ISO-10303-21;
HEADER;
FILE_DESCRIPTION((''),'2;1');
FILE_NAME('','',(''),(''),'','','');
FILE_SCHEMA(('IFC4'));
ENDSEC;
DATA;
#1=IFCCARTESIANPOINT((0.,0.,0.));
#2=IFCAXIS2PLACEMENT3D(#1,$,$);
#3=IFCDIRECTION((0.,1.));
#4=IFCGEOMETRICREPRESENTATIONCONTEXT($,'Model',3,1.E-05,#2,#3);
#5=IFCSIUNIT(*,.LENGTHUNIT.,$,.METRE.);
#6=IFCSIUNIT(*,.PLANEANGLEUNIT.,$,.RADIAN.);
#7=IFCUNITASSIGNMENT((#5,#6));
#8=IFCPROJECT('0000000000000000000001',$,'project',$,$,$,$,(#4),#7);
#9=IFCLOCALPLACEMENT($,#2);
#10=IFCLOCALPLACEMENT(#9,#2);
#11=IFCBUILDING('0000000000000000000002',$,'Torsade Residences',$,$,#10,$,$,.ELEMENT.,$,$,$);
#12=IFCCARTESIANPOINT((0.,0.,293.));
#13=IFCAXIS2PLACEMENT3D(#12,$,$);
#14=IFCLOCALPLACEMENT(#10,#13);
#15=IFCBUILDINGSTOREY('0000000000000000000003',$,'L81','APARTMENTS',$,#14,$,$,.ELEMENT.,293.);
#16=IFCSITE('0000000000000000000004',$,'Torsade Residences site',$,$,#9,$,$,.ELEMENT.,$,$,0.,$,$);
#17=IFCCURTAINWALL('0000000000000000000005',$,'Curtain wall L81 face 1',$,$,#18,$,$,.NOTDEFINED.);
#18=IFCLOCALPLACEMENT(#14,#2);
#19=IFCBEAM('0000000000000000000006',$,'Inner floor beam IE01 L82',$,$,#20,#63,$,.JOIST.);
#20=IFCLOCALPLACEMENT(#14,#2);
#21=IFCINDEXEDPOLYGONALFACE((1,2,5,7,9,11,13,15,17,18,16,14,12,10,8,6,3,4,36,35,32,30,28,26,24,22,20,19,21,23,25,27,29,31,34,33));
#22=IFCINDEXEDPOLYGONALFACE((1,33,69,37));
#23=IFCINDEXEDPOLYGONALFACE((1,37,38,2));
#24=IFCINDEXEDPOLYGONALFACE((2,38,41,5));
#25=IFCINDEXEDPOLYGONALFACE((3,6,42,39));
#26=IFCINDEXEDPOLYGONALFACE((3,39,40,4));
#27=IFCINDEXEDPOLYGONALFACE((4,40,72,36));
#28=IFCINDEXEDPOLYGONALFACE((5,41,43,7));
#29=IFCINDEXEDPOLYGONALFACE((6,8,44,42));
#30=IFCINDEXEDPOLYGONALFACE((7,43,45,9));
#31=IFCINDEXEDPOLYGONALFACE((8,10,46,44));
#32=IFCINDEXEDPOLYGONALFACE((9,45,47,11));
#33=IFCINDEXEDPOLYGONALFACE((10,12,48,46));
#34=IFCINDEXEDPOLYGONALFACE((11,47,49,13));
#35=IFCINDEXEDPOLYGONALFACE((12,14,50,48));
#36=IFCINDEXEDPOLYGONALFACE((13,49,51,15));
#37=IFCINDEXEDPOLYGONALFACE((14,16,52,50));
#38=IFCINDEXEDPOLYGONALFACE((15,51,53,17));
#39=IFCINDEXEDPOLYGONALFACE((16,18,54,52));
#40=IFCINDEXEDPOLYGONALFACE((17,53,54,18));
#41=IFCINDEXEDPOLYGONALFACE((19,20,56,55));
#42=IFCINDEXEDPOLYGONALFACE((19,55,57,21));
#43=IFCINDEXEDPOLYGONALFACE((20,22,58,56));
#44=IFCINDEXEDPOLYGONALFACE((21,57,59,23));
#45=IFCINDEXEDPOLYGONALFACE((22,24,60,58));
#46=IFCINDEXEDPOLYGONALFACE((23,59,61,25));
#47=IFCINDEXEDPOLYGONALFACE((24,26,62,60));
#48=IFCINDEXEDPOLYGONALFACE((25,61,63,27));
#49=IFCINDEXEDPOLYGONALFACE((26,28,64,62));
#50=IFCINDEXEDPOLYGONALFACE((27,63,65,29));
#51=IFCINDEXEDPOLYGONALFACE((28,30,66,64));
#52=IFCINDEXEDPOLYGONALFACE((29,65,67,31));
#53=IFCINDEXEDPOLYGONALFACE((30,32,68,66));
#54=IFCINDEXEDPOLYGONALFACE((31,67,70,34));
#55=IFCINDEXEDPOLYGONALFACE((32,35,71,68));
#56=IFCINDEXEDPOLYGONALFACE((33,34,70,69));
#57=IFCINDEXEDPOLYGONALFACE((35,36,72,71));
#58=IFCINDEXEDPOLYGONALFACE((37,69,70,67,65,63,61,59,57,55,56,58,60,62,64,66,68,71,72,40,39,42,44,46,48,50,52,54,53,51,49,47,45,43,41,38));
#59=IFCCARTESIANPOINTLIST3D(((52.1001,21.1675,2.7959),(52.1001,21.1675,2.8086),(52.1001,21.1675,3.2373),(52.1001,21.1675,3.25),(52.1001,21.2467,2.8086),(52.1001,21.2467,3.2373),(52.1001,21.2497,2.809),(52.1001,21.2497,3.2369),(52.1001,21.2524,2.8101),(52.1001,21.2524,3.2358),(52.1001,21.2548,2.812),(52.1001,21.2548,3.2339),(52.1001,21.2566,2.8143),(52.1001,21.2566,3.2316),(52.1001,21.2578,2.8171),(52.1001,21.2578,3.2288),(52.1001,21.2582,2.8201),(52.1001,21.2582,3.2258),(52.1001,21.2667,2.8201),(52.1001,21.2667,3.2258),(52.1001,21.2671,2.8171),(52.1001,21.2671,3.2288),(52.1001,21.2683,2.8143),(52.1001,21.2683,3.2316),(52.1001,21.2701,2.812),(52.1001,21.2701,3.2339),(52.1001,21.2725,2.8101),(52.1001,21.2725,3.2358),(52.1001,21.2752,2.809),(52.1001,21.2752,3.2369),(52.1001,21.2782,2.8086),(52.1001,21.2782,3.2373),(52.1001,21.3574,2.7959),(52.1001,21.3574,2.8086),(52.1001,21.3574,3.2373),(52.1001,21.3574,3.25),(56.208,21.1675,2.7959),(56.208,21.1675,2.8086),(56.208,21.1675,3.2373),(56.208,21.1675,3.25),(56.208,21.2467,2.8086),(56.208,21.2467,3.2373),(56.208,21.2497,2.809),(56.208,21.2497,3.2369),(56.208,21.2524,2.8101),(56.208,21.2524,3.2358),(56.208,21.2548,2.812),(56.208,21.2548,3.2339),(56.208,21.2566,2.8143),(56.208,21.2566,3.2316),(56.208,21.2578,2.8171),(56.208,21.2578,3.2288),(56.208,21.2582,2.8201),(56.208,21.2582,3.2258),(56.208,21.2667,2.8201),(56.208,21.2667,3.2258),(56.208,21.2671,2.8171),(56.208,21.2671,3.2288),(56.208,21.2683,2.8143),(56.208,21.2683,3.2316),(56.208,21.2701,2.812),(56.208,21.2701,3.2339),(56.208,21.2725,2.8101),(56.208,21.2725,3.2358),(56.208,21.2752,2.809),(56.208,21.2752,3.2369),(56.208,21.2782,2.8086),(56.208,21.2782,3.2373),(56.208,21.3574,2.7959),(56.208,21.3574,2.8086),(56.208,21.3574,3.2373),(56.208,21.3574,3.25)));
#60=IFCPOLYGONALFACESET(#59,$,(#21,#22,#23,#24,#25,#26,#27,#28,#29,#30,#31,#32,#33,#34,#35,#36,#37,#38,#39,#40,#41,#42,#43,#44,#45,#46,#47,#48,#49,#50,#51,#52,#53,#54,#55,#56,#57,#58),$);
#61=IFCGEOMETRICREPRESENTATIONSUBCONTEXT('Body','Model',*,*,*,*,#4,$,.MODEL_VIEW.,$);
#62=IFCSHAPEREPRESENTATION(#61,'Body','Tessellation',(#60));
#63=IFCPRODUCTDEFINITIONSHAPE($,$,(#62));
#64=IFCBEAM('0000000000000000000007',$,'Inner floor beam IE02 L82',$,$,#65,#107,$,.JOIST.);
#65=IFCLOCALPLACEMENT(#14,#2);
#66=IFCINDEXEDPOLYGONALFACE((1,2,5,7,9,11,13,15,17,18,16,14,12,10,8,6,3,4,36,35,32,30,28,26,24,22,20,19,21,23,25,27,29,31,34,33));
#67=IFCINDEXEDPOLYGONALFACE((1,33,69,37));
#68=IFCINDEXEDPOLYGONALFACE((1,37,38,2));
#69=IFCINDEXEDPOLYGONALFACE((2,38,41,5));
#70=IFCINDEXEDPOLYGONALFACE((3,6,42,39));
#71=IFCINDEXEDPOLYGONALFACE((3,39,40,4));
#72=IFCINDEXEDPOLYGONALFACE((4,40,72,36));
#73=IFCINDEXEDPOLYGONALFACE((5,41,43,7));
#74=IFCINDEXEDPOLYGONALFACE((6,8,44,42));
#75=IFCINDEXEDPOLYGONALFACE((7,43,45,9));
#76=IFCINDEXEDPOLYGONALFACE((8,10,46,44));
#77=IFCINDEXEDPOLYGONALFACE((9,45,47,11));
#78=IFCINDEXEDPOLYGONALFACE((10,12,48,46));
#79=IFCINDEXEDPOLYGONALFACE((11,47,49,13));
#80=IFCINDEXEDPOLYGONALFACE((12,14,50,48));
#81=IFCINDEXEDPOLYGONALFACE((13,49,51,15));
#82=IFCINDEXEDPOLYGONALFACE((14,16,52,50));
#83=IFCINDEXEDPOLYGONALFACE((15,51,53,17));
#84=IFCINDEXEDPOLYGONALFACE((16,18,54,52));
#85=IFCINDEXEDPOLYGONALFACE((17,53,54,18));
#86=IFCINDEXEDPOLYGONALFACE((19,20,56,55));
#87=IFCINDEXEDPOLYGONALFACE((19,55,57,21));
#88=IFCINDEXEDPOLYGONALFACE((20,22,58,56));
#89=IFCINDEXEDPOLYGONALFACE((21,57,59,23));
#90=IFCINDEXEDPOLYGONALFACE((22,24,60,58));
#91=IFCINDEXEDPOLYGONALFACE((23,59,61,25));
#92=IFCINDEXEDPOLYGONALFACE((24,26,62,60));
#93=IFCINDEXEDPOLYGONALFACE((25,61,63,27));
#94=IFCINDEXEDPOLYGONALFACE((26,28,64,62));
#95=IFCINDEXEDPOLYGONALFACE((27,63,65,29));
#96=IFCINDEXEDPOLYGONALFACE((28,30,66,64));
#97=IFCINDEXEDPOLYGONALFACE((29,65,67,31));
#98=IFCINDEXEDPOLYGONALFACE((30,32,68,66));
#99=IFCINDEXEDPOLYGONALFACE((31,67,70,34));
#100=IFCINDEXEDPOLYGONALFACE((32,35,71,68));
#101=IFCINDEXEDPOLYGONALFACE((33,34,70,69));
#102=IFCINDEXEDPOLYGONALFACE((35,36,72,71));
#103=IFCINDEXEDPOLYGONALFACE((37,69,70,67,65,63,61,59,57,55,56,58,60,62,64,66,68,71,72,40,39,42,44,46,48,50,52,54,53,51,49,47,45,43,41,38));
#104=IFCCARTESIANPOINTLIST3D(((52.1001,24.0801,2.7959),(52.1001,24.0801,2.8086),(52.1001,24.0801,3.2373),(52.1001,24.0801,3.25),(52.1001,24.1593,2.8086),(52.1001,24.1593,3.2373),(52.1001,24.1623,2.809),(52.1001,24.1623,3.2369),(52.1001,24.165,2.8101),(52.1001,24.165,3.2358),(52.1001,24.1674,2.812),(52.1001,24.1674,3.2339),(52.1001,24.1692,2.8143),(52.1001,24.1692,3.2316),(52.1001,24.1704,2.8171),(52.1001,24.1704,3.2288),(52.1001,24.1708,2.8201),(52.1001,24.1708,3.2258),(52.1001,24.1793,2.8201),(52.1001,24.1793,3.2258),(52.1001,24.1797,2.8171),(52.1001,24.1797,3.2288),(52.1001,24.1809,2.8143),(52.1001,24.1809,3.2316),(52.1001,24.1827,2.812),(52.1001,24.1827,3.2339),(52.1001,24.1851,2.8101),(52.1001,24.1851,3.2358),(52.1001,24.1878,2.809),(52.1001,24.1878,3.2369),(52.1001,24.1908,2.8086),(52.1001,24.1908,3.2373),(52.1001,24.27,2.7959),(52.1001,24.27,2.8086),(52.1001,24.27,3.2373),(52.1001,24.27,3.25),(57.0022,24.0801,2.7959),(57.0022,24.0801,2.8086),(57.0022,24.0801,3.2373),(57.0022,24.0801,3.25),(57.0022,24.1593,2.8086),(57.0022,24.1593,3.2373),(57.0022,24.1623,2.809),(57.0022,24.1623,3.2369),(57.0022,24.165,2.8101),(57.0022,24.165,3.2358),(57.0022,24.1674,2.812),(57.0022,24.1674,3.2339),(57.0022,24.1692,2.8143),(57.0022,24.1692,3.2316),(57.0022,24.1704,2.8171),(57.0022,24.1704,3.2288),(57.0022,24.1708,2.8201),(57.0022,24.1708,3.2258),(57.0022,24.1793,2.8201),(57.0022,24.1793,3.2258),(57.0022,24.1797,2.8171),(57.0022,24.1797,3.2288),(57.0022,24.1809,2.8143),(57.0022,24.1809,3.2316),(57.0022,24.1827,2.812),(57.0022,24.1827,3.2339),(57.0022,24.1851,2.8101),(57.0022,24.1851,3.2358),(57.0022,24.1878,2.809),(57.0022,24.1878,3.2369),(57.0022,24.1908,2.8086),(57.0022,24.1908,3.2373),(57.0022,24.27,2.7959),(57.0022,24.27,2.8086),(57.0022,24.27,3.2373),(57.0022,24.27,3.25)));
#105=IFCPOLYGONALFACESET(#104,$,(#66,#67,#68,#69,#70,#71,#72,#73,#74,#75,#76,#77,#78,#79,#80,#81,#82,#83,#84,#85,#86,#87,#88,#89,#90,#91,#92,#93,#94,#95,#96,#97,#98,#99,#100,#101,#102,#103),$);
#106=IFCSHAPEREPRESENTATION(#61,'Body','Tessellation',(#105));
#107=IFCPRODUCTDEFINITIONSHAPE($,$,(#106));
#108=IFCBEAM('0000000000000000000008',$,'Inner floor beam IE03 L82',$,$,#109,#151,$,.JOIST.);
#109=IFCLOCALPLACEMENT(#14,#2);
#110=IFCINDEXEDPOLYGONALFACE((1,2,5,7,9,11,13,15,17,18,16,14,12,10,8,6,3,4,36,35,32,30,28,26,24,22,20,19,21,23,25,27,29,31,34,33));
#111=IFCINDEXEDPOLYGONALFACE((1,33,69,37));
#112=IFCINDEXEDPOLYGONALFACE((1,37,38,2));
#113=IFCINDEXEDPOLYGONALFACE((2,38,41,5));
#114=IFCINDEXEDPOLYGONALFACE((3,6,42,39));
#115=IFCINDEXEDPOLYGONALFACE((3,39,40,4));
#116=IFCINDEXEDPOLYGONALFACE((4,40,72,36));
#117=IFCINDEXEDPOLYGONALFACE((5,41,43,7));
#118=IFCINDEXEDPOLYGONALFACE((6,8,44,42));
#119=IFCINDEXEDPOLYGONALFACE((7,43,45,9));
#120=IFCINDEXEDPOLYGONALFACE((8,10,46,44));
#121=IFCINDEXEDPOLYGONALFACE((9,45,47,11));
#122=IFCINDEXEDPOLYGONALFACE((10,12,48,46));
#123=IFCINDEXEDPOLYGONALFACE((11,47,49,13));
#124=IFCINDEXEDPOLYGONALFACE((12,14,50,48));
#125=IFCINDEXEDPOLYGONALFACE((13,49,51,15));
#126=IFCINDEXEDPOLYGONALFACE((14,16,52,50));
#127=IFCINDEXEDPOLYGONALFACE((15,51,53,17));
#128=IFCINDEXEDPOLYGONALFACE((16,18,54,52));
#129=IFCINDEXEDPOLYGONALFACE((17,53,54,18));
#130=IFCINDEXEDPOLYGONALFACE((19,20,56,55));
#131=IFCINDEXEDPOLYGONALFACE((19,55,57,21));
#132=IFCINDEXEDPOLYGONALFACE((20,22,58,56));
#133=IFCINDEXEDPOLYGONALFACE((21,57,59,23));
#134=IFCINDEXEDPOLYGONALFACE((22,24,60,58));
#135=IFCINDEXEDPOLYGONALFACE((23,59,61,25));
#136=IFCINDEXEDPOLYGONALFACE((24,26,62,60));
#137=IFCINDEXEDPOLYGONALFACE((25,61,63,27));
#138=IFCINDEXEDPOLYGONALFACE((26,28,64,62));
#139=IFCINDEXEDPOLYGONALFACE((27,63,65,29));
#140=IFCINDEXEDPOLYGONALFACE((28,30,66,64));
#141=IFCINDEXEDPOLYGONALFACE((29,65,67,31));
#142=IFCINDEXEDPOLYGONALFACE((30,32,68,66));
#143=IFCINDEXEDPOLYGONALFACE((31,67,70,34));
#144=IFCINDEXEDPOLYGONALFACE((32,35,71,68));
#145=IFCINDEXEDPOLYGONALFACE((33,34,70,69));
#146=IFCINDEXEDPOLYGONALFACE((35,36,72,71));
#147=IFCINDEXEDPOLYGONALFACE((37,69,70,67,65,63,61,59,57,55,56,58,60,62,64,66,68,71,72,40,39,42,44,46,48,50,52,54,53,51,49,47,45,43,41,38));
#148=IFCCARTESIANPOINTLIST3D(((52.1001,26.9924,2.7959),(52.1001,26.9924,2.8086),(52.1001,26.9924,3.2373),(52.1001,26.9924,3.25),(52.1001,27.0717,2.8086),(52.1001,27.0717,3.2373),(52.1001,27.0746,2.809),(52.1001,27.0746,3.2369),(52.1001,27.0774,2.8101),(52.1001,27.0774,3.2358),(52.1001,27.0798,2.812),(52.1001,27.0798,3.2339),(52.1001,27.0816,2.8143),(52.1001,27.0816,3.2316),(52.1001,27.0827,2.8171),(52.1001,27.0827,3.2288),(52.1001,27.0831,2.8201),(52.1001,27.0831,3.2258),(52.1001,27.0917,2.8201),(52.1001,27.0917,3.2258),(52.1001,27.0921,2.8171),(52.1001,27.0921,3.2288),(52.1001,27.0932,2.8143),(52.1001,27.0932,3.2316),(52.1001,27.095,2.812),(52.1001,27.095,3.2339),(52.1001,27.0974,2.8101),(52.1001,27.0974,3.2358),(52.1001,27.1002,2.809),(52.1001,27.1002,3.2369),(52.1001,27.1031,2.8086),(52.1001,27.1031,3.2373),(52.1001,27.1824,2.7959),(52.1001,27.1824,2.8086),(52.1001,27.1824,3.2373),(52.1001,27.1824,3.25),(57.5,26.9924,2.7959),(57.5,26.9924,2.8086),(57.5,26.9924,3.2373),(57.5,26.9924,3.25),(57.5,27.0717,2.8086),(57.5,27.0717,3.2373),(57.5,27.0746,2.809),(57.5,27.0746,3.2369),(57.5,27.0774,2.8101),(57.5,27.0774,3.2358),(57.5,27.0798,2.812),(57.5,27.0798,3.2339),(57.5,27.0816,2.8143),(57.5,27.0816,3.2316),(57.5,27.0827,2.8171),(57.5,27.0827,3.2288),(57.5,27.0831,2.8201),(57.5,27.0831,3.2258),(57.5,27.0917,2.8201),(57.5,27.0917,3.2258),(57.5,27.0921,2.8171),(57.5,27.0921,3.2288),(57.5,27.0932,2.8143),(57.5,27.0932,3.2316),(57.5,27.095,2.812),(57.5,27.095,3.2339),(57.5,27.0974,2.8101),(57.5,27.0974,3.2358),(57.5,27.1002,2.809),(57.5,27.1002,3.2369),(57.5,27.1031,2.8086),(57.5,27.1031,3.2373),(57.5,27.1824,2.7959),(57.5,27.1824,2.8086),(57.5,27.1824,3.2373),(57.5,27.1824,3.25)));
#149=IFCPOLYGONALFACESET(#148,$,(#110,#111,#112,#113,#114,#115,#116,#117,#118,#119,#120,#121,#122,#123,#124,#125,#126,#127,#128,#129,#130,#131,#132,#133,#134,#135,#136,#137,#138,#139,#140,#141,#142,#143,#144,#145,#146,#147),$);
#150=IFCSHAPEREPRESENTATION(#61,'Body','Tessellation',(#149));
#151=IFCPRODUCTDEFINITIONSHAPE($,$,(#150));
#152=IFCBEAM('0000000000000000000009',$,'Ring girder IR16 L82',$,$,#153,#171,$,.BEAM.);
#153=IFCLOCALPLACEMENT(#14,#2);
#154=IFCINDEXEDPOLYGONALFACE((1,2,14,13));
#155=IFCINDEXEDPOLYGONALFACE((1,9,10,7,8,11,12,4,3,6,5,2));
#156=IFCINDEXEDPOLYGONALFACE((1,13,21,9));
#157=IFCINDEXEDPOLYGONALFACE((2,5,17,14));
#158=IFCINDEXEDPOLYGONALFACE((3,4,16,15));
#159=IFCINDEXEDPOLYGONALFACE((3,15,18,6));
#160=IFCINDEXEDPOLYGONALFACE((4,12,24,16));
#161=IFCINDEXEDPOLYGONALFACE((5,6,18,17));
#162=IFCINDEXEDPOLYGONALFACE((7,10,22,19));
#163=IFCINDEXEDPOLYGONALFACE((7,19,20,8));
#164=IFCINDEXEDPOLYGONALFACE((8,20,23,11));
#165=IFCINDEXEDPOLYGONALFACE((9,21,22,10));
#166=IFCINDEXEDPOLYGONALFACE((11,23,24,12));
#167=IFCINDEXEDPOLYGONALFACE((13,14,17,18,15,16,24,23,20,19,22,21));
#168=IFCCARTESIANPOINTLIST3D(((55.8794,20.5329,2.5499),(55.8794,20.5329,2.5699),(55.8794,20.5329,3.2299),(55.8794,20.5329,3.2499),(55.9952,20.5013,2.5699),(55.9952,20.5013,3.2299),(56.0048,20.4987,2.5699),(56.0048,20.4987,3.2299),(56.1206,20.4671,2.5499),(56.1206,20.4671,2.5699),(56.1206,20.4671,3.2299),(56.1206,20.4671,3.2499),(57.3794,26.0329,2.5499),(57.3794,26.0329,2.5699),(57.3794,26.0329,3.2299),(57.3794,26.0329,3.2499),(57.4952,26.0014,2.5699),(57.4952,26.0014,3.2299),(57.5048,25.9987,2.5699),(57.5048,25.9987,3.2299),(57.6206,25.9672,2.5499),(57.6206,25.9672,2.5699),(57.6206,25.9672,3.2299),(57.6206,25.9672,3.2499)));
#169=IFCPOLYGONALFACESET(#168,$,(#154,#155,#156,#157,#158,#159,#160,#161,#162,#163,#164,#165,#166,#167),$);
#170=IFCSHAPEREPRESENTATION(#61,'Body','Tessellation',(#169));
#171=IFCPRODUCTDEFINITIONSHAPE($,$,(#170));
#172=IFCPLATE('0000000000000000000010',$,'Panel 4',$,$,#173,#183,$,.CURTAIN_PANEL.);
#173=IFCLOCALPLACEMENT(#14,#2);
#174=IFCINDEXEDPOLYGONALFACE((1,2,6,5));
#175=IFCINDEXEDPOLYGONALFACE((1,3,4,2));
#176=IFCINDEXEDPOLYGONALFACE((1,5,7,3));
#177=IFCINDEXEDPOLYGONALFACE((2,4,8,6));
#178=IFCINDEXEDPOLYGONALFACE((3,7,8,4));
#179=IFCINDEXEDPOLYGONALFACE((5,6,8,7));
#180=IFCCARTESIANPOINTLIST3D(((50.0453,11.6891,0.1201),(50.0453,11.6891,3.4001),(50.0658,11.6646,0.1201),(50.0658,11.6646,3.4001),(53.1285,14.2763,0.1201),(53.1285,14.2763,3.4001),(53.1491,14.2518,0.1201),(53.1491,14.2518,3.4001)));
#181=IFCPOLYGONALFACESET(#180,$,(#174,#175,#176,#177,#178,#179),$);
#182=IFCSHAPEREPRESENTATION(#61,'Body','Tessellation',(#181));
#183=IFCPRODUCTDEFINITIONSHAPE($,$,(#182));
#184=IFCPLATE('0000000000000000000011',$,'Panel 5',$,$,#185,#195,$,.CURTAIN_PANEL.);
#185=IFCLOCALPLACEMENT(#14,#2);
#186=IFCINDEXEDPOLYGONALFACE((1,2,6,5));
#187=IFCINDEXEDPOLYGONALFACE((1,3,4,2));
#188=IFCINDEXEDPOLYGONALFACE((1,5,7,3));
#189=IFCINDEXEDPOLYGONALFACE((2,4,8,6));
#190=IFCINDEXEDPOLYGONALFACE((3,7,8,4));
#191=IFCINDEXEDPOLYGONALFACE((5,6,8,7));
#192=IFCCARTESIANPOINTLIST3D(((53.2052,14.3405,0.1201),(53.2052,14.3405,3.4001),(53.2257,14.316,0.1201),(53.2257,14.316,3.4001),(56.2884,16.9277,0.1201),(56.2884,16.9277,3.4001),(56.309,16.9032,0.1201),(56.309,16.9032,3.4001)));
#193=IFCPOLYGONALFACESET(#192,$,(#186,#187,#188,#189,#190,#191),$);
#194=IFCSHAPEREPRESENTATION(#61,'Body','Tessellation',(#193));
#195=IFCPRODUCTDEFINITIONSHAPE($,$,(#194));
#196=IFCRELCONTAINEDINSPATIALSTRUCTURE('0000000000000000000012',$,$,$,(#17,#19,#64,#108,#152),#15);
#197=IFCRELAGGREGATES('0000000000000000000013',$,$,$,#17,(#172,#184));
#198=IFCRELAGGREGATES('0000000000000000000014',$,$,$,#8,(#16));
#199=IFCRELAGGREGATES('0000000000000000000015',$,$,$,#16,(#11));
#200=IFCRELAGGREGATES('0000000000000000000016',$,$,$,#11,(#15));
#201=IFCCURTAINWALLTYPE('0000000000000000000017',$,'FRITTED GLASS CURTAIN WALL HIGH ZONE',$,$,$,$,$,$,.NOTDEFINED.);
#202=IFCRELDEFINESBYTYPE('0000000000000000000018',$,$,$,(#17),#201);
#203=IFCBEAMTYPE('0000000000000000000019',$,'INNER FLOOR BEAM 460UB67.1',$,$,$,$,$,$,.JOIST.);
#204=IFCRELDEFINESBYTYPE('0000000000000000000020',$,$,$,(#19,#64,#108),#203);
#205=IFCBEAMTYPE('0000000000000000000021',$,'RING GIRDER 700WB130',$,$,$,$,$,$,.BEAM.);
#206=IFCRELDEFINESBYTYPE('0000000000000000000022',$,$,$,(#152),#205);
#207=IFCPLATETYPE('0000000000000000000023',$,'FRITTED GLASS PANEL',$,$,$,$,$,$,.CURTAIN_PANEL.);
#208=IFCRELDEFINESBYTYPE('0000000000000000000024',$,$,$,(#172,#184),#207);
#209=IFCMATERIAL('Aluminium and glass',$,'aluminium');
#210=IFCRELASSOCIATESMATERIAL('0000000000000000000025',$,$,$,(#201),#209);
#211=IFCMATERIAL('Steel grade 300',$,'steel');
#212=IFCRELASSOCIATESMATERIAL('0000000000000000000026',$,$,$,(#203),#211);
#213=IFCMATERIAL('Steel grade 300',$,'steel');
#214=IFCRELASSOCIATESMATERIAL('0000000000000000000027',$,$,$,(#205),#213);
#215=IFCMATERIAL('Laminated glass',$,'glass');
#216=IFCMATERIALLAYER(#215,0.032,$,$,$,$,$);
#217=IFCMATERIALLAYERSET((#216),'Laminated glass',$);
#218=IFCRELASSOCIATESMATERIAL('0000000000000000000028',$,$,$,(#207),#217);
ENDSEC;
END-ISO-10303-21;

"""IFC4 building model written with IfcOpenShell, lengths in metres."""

from ifc_helpers import new_model, si_unit, direction, frame, origin, origin_2d, place, context, subcontext, project, spatial, rectangle, i_section, extrude, material, layer, layer_set, material_profile, profile_set, type_object, element, aggregate, save


model = new_model("IFC4")

# Units and contexts
model_context = context("Model", 3, precision=1e-05, world=origin(), true_north=direction((0.0, 1.0)))
body_context = subcontext(model_context, "Body", "Model", "MODEL_VIEW")
ifc_project = project(units=[si_unit("LENGTHUNIT", "METRE"), si_unit("PLANEANGLEUNIT", "RADIAN")], contexts=[model_context])

# Site, building, storey
site_placement = place(None, origin())
site = spatial("IfcSite", under=ifc_project, at=site_placement, Name="Torsade Residences site", CompositionType="ELEMENT", RefElevation=0.0)
building_placement = place(site_placement, origin())
building = spatial("IfcBuilding", under=site, at=building_placement, Name="Torsade Residences", CompositionType="ELEMENT")
storey_placement = place(building_placement, frame((0.0, 0.0, 293.0)))
storey = spatial("IfcBuildingStorey", under=building, at=storey_placement, Name="L81", Description="APARTMENTS", CompositionType="ELEMENT", Elevation=293.0)

# Curtain wall
ifc_material_1 = material(Name="Aluminium and glass", Category="aluminium")
curtain_wall_type = type_object("IfcCurtainWallType", Name="FRITTED GLASS CURTAIN WALL HIGH ZONE", PredefinedType="NOTDEFINED", material=ifc_material_1)
curtain_wall_placement = place(storey_placement, origin())
curtain_wall = element("IfcCurtainWall", 1, at=curtain_wall_placement, inside=storey, type_object=curtain_wall_type, Name="Curtain wall L81 face 1", PredefinedType="NOTDEFINED")

# Beams
ifc_material_2 = material(Name="Steel grade 300", Category="steel")
ifc_material_profile_1 = material_profile(ifc_material_2, i_section(OverallWidth=0.1899, OverallDepth=0.4541, WebThickness=0.0085, FlangeThickness=0.0127, FilletRadius=0.0115, at=origin_2d()), Name="460UB67.1")
ifc_profile_set_1 = profile_set([ifc_material_profile_1], Name="Steel grade 300")
beam_type_1 = type_object("IfcBeamType", Name="INNER FLOOR BEAM 460UB67.1", PredefinedType="JOIST", material=ifc_profile_set_1)
beam_1_placement = place(storey_placement, frame((52.1001, 21.2625, 3.0229), z_axis=(1.0, 0.0, 0.0), x_axis=(0.0, 1.0, 0.0)))
element("IfcBeam", 2, at=beam_1_placement, inside=storey, type_object=beam_type_1, Name="Inner floor beam IE01 L82", PredefinedType="JOIST", context=body_context, shape_type="SweptSolid", body=[
    extrude(i_section(OverallWidth=0.1899, OverallDepth=0.4541, WebThickness=0.0085, FlangeThickness=0.0127, FilletRadius=0.0115, at=origin_2d()), origin(), (0.0, 0.0, 1.0), 4.1079),
])
beam_2_placement = place(storey_placement, frame((52.1001, 24.175, 3.0229), z_axis=(1.0, 0.0, 0.0), x_axis=(0.0, 1.0, 0.0)))
element("IfcBeam", 3, at=beam_2_placement, inside=storey, type_object=beam_type_1, Name="Inner floor beam IE02 L82", PredefinedType="JOIST", context=body_context, shape_type="SweptSolid", body=[
    extrude(i_section(OverallWidth=0.1899, OverallDepth=0.4541, WebThickness=0.0085, FlangeThickness=0.0127, FilletRadius=0.0115, at=origin_2d()), origin(), (0.0, 0.0, 1.0), 4.9021),
])
beam_3_placement = place(storey_placement, frame((52.1001, 27.0874, 3.0229), z_axis=(1.0, 0.0, 0.0), x_axis=(0.0, 1.0, 0.0)))
element("IfcBeam", 4, at=beam_3_placement, inside=storey, type_object=beam_type_1, Name="Inner floor beam IE03 L82", PredefinedType="JOIST", context=body_context, shape_type="SweptSolid", body=[
    extrude(i_section(OverallWidth=0.1899, OverallDepth=0.4541, WebThickness=0.0085, FlangeThickness=0.0127, FilletRadius=0.0115, at=origin_2d()), origin(), (0.0, 0.0, 1.0), 5.3999),
])
ifc_material_3 = material(Name="Steel grade 300", Category="steel")
ifc_material_profile_2 = material_profile(ifc_material_3, i_section(OverallWidth=0.25, OverallDepth=0.7, WebThickness=0.01, FlangeThickness=0.02, at=origin_2d()), Name="700WB130")
ifc_profile_set_2 = profile_set([ifc_material_profile_2], Name="Steel grade 300")
beam_type_2 = type_object("IfcBeamType", Name="RING GIRDER 700WB130", PredefinedType="BEAM", material=ifc_profile_set_2)
beam_4_placement = place(storey_placement, frame((56.0, 20.5, 2.8999), z_axis=(0.263117, 0.964764, 0.0), x_axis=(-0.964764, 0.263117, 0.0)))
element("IfcBeam", 5, at=beam_4_placement, inside=storey, type_object=beam_type_2, Name="Ring girder IR16 L82", PredefinedType="BEAM", context=body_context, shape_type="SweptSolid", body=[
    extrude(i_section(OverallWidth=0.25, OverallDepth=0.7, WebThickness=0.01, FlangeThickness=0.02, at=origin_2d()), origin(), (0.0, 0.0, 1.0), 5.7009),
])

# Plates
ifc_material_4 = material(Name="Laminated glass", Category="glass")
ifc_layer_1 = layer(ifc_material_4, 0.032)
ifc_layer_set_1 = layer_set([ifc_layer_1], Name="Laminated glass")
plate_type = type_object("IfcPlateType", Name="FRITTED GLASS PANEL", PredefinedType="CURTAIN_PANEL", material=ifc_layer_set_1)
plate_1_placement = place(storey_placement, frame((51.5972, 12.9705, 0.1201), z_axis=(0.0, 0.0, 1.0), x_axis=(0.766044, 0.642788, 0.0)))
plate_1 = element("IfcPlate", 6, at=plate_1_placement, type_object=plate_type, Name="Panel 4", PredefinedType="CURTAIN_PANEL", context=body_context, shape_type="SweptSolid", body=[
    extrude(rectangle(XDim=4.0249, YDim=0.032, at=origin_2d()), origin(), (0.0, 0.0, 1.0), 3.28),
])
plate_2_placement = place(storey_placement, frame((54.7571, 15.6218, 0.1201), z_axis=(0.0, 0.0, 1.0), x_axis=(0.766044, 0.642788, 0.0)))
plate_2 = element("IfcPlate", 7, at=plate_2_placement, type_object=plate_type, Name="Panel 5", PredefinedType="CURTAIN_PANEL", context=body_context, shape_type="SweptSolid", body=[
    extrude(rectangle(XDim=4.0249, YDim=0.032, at=origin_2d()), origin(), (0.0, 0.0, 1.0), 3.28),
])
aggregate(curtain_wall, [plate_1, plate_2])

save(model, "model.ifc")
